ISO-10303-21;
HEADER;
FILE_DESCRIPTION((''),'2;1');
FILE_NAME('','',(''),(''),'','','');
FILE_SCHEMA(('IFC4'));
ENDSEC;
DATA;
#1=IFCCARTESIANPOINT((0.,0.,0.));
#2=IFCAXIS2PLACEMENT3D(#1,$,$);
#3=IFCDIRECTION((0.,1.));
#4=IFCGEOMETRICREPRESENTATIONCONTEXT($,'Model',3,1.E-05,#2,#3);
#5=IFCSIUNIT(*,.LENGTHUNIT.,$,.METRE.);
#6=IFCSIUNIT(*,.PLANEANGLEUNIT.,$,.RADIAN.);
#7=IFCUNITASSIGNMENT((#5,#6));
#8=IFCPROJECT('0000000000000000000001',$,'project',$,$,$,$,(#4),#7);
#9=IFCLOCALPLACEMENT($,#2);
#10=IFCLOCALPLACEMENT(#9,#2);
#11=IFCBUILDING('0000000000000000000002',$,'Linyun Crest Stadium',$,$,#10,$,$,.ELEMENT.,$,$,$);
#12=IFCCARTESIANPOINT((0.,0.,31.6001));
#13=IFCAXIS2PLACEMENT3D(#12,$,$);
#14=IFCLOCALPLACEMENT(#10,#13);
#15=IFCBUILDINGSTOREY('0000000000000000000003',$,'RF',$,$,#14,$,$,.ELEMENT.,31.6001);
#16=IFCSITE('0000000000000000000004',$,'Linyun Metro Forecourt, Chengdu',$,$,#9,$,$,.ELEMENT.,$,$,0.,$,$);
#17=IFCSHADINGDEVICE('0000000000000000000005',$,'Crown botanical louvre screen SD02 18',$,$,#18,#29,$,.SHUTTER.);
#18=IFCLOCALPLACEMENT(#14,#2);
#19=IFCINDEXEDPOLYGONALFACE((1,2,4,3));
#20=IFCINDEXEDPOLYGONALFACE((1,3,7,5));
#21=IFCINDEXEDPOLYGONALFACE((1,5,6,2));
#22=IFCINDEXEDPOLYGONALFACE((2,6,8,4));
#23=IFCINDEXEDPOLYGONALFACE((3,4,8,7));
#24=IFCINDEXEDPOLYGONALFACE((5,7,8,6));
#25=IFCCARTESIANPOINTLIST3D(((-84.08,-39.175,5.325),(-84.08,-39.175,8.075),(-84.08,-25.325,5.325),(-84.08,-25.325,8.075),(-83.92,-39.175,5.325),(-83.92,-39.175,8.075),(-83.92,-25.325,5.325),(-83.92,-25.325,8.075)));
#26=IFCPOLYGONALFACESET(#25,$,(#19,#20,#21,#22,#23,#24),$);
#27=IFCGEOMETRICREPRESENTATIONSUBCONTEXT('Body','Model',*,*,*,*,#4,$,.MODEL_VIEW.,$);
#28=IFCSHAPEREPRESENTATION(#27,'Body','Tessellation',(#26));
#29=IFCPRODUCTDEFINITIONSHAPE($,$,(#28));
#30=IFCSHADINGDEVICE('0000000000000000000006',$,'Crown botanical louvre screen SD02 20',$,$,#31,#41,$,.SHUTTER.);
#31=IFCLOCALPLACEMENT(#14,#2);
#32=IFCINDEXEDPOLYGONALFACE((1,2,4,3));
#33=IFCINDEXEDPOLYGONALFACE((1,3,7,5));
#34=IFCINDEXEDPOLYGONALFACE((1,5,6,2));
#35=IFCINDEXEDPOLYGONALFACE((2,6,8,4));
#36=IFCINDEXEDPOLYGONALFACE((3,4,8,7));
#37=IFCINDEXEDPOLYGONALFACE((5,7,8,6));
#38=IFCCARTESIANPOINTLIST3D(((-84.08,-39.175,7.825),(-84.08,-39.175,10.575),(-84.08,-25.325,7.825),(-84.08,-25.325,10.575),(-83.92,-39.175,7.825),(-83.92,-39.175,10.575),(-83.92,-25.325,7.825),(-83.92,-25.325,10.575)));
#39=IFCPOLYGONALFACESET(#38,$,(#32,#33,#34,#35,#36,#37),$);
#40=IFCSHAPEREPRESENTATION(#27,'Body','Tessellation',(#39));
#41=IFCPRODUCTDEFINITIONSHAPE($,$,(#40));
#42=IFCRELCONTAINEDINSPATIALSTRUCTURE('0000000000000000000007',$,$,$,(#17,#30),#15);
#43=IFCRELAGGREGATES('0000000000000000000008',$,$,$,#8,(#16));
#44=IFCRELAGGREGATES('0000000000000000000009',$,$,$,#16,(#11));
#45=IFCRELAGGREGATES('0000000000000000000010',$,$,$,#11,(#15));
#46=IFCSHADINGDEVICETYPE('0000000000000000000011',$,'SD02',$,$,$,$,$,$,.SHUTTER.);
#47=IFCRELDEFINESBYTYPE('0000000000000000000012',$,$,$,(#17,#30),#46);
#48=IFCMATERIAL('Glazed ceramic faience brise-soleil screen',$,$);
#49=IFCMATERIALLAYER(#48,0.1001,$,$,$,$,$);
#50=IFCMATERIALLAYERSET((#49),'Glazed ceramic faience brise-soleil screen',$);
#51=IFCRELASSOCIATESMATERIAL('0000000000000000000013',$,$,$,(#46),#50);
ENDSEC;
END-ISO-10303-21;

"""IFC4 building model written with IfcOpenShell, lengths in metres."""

from ifc_helpers import new_model, si_unit, direction, frame, origin, origin_2d, place, context, subcontext, project, spatial, rectangle, extrude, material, layer, layer_set, type_object, element, save


model = new_model("IFC4")

# Units and contexts
model_context = context("Model", 3, precision=1e-05, world=origin(), true_north=direction((0.0, 1.0)))
body_context = subcontext(model_context, "Body", "Model", "MODEL_VIEW")
ifc_project = project(units=[si_unit("LENGTHUNIT", "METRE"), si_unit("PLANEANGLEUNIT", "RADIAN")], contexts=[model_context])

# Site, building, storey
site_placement = place(None, origin())
site = spatial("IfcSite", under=ifc_project, at=site_placement, Name="Linyun Metro Forecourt, Chengdu", CompositionType="ELEMENT", RefElevation=0.0)
building_placement = place(site_placement, origin())
building = spatial("IfcBuilding", under=site, at=building_placement, Name="Linyun Crest Stadium", CompositionType="ELEMENT")
storey_placement = place(building_placement, frame((0.0, 0.0, 31.6001)))
storey = spatial("IfcBuildingStorey", under=building, at=storey_placement, Name="RF", CompositionType="ELEMENT", Elevation=31.6001)

# Shading devices
ifc_material_1 = material(Name="Glazed ceramic faience brise-soleil screen")
ifc_layer_1 = layer(ifc_material_1, 0.1001)
ifc_layer_set_1 = layer_set([ifc_layer_1], Name="Glazed ceramic faience brise-soleil screen")
shading_device_type_1 = type_object("IfcShadingDeviceType", Name="SD02", PredefinedType="SHUTTER", material=ifc_layer_set_1)
for number, where, z_axis, x_axis, name in (
    (1, (-84.0, -32.25, 5.325), (0.0, 0.0, 1.0), (1.0, 0.0, 0.0), "Crown botanical louvre screen SD02 18"),
    (2, (-84.0, -32.25, 7.825), (0.0, 0.0, 1.0), (1.0, 0.0, 0.0), "Crown botanical louvre screen SD02 20"),
):
    element("IfcShadingDevice", number, at=place(storey_placement, frame(where, z_axis=z_axis, x_axis=x_axis)), inside=storey, type_object=shading_device_type_1, Name=name, PredefinedType="SHUTTER", context=body_context, shape_type="SweptSolid", body=[
        extrude(rectangle(XDim=0.1599, YDim=13.8501, at=origin_2d()), origin(), (0.0, 0.0, 1.0), 2.75),
    ])

save(model, "model.ifc")
